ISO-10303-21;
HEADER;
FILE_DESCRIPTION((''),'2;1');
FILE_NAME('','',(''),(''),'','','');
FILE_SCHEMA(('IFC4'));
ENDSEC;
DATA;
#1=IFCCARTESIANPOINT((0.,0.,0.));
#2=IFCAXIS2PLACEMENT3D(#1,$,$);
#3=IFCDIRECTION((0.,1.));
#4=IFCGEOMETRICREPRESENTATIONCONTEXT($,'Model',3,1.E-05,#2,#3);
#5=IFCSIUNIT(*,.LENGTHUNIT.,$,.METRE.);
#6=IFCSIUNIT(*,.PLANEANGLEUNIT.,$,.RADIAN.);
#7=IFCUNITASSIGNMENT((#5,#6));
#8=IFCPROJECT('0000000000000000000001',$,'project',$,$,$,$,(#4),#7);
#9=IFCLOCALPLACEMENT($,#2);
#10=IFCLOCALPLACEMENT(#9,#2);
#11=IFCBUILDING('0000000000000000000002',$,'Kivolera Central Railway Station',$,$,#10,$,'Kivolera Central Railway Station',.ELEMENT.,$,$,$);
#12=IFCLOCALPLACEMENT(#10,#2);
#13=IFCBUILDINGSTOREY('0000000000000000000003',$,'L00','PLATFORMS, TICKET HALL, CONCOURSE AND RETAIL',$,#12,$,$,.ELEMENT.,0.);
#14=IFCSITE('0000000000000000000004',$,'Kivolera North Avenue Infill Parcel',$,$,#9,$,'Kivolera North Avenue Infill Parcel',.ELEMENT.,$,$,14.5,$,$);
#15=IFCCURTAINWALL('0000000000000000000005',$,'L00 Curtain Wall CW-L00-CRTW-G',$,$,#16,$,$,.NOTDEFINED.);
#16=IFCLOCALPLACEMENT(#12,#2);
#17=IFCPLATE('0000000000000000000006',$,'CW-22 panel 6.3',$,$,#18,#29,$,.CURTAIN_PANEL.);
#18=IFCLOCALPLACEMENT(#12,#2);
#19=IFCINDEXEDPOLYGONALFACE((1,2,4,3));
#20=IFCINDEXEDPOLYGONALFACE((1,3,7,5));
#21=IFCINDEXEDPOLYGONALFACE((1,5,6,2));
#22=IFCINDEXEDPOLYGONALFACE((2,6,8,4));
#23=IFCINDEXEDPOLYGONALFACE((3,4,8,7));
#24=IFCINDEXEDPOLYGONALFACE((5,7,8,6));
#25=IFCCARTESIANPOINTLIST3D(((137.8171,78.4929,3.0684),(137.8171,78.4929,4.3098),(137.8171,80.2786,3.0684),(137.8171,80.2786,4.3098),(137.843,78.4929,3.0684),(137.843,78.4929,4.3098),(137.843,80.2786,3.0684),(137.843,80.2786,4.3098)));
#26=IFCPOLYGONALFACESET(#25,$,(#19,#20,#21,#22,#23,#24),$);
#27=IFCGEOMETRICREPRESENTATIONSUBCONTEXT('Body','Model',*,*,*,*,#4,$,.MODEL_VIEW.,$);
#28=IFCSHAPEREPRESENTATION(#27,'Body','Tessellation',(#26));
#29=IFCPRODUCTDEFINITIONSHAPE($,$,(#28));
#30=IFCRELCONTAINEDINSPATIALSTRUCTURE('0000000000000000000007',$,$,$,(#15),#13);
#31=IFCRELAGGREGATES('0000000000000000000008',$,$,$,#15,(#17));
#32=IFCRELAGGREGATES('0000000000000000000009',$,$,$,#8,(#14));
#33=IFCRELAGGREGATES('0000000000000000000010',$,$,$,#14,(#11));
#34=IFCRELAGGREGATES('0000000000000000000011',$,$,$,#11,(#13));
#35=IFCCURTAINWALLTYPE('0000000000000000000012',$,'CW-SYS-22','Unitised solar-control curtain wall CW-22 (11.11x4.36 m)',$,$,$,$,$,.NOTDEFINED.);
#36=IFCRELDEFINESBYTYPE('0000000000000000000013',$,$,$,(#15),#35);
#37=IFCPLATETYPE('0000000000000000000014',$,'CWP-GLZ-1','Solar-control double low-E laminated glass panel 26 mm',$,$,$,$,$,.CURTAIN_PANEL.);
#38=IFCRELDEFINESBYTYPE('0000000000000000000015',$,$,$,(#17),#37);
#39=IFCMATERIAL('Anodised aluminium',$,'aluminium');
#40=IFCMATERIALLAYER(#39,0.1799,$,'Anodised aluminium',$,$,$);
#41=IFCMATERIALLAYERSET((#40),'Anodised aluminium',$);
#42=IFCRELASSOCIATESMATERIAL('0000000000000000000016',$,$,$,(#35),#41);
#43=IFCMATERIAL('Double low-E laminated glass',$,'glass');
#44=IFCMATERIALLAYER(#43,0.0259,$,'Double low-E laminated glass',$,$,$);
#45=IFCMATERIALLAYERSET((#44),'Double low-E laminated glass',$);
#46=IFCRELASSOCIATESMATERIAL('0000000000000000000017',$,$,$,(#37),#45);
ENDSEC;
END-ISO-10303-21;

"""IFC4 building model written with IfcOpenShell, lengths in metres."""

from ifc_helpers import new_model, si_unit, direction, frame, origin, origin_2d, place, context, subcontext, project, spatial, rectangle, extrude, material, layer, layer_set, type_object, element, aggregate, save


model = new_model("IFC4")

# Units and contexts
model_context = context("Model", 3, precision=1e-05, world=origin(), true_north=direction((0.0, 1.0)))
body_context = subcontext(model_context, "Body", "Model", "MODEL_VIEW")
ifc_project = project(units=[si_unit("LENGTHUNIT", "METRE"), si_unit("PLANEANGLEUNIT", "RADIAN")], contexts=[model_context])

# Site, building, storey
site_placement = place(None, origin())
site = spatial("IfcSite", under=ifc_project, at=site_placement, Name="Kivolera North Avenue Infill Parcel", LongName="Kivolera North Avenue Infill Parcel", CompositionType="ELEMENT", RefElevation=14.5)
building_placement = place(site_placement, origin())
building = spatial("IfcBuilding", under=site, at=building_placement, Name="Kivolera Central Railway Station", LongName="Kivolera Central Railway Station", CompositionType="ELEMENT")
storey_placement = place(building_placement, origin())
storey = spatial("IfcBuildingStorey", under=building, at=storey_placement, Name="L00", Description="PLATFORMS, TICKET HALL, CONCOURSE AND RETAIL", CompositionType="ELEMENT", Elevation=0.0)

# Curtain wall, plate
ifc_material_1 = material(Name="Anodised aluminium", Category="aluminium")
ifc_layer_1 = layer(ifc_material_1, 0.1799, Name="Anodised aluminium")
ifc_layer_set_1 = layer_set([ifc_layer_1], Name="Anodised aluminium")
curtain_wall_type = type_object("IfcCurtainWallType", Name="CW-SYS-22", Description="Unitised solar-control curtain wall CW-22 (11.11x4.36 m)", PredefinedType="NOTDEFINED", material=ifc_layer_set_1)
curtain_wall_placement = place(storey_placement, origin())
curtain_wall = element("IfcCurtainWall", 1, at=curtain_wall_placement, inside=storey, type_object=curtain_wall_type, Name="L00 Curtain Wall CW-L00-CRTW-G", PredefinedType="NOTDEFINED")
ifc_material_2 = material(Name="Double low-E laminated glass", Category="glass")
ifc_layer_2 = layer(ifc_material_2, 0.0259, Name="Double low-E laminated glass")
ifc_layer_set_2 = layer_set([ifc_layer_2], Name="Double low-E laminated glass")
plate_type = type_object("IfcPlateType", Name="CWP-GLZ-1", Description="Solar-control double low-E laminated glass panel 26 mm", PredefinedType="CURTAIN_PANEL", material=ifc_layer_set_2)
plate_1_placement = place(storey_placement, frame((137.8301, 79.3857, 3.0684), z_axis=(0.0, 0.0, 1.0), x_axis=(0.0, -1.0, 0.0)))
plate_1 = element("IfcPlate", 2, at=plate_1_placement, type_object=plate_type, Name="CW-22 panel 6.3", PredefinedType="CURTAIN_PANEL", context=body_context, shape_type="SweptSolid", body=[
    extrude(rectangle(XDim=1.7856, YDim=0.0259, at=origin_2d()), origin(), (0.0, 0.0, 1.0), 1.2415),
])
aggregate(curtain_wall, [plate_1])

save(model, "model.ifc")
